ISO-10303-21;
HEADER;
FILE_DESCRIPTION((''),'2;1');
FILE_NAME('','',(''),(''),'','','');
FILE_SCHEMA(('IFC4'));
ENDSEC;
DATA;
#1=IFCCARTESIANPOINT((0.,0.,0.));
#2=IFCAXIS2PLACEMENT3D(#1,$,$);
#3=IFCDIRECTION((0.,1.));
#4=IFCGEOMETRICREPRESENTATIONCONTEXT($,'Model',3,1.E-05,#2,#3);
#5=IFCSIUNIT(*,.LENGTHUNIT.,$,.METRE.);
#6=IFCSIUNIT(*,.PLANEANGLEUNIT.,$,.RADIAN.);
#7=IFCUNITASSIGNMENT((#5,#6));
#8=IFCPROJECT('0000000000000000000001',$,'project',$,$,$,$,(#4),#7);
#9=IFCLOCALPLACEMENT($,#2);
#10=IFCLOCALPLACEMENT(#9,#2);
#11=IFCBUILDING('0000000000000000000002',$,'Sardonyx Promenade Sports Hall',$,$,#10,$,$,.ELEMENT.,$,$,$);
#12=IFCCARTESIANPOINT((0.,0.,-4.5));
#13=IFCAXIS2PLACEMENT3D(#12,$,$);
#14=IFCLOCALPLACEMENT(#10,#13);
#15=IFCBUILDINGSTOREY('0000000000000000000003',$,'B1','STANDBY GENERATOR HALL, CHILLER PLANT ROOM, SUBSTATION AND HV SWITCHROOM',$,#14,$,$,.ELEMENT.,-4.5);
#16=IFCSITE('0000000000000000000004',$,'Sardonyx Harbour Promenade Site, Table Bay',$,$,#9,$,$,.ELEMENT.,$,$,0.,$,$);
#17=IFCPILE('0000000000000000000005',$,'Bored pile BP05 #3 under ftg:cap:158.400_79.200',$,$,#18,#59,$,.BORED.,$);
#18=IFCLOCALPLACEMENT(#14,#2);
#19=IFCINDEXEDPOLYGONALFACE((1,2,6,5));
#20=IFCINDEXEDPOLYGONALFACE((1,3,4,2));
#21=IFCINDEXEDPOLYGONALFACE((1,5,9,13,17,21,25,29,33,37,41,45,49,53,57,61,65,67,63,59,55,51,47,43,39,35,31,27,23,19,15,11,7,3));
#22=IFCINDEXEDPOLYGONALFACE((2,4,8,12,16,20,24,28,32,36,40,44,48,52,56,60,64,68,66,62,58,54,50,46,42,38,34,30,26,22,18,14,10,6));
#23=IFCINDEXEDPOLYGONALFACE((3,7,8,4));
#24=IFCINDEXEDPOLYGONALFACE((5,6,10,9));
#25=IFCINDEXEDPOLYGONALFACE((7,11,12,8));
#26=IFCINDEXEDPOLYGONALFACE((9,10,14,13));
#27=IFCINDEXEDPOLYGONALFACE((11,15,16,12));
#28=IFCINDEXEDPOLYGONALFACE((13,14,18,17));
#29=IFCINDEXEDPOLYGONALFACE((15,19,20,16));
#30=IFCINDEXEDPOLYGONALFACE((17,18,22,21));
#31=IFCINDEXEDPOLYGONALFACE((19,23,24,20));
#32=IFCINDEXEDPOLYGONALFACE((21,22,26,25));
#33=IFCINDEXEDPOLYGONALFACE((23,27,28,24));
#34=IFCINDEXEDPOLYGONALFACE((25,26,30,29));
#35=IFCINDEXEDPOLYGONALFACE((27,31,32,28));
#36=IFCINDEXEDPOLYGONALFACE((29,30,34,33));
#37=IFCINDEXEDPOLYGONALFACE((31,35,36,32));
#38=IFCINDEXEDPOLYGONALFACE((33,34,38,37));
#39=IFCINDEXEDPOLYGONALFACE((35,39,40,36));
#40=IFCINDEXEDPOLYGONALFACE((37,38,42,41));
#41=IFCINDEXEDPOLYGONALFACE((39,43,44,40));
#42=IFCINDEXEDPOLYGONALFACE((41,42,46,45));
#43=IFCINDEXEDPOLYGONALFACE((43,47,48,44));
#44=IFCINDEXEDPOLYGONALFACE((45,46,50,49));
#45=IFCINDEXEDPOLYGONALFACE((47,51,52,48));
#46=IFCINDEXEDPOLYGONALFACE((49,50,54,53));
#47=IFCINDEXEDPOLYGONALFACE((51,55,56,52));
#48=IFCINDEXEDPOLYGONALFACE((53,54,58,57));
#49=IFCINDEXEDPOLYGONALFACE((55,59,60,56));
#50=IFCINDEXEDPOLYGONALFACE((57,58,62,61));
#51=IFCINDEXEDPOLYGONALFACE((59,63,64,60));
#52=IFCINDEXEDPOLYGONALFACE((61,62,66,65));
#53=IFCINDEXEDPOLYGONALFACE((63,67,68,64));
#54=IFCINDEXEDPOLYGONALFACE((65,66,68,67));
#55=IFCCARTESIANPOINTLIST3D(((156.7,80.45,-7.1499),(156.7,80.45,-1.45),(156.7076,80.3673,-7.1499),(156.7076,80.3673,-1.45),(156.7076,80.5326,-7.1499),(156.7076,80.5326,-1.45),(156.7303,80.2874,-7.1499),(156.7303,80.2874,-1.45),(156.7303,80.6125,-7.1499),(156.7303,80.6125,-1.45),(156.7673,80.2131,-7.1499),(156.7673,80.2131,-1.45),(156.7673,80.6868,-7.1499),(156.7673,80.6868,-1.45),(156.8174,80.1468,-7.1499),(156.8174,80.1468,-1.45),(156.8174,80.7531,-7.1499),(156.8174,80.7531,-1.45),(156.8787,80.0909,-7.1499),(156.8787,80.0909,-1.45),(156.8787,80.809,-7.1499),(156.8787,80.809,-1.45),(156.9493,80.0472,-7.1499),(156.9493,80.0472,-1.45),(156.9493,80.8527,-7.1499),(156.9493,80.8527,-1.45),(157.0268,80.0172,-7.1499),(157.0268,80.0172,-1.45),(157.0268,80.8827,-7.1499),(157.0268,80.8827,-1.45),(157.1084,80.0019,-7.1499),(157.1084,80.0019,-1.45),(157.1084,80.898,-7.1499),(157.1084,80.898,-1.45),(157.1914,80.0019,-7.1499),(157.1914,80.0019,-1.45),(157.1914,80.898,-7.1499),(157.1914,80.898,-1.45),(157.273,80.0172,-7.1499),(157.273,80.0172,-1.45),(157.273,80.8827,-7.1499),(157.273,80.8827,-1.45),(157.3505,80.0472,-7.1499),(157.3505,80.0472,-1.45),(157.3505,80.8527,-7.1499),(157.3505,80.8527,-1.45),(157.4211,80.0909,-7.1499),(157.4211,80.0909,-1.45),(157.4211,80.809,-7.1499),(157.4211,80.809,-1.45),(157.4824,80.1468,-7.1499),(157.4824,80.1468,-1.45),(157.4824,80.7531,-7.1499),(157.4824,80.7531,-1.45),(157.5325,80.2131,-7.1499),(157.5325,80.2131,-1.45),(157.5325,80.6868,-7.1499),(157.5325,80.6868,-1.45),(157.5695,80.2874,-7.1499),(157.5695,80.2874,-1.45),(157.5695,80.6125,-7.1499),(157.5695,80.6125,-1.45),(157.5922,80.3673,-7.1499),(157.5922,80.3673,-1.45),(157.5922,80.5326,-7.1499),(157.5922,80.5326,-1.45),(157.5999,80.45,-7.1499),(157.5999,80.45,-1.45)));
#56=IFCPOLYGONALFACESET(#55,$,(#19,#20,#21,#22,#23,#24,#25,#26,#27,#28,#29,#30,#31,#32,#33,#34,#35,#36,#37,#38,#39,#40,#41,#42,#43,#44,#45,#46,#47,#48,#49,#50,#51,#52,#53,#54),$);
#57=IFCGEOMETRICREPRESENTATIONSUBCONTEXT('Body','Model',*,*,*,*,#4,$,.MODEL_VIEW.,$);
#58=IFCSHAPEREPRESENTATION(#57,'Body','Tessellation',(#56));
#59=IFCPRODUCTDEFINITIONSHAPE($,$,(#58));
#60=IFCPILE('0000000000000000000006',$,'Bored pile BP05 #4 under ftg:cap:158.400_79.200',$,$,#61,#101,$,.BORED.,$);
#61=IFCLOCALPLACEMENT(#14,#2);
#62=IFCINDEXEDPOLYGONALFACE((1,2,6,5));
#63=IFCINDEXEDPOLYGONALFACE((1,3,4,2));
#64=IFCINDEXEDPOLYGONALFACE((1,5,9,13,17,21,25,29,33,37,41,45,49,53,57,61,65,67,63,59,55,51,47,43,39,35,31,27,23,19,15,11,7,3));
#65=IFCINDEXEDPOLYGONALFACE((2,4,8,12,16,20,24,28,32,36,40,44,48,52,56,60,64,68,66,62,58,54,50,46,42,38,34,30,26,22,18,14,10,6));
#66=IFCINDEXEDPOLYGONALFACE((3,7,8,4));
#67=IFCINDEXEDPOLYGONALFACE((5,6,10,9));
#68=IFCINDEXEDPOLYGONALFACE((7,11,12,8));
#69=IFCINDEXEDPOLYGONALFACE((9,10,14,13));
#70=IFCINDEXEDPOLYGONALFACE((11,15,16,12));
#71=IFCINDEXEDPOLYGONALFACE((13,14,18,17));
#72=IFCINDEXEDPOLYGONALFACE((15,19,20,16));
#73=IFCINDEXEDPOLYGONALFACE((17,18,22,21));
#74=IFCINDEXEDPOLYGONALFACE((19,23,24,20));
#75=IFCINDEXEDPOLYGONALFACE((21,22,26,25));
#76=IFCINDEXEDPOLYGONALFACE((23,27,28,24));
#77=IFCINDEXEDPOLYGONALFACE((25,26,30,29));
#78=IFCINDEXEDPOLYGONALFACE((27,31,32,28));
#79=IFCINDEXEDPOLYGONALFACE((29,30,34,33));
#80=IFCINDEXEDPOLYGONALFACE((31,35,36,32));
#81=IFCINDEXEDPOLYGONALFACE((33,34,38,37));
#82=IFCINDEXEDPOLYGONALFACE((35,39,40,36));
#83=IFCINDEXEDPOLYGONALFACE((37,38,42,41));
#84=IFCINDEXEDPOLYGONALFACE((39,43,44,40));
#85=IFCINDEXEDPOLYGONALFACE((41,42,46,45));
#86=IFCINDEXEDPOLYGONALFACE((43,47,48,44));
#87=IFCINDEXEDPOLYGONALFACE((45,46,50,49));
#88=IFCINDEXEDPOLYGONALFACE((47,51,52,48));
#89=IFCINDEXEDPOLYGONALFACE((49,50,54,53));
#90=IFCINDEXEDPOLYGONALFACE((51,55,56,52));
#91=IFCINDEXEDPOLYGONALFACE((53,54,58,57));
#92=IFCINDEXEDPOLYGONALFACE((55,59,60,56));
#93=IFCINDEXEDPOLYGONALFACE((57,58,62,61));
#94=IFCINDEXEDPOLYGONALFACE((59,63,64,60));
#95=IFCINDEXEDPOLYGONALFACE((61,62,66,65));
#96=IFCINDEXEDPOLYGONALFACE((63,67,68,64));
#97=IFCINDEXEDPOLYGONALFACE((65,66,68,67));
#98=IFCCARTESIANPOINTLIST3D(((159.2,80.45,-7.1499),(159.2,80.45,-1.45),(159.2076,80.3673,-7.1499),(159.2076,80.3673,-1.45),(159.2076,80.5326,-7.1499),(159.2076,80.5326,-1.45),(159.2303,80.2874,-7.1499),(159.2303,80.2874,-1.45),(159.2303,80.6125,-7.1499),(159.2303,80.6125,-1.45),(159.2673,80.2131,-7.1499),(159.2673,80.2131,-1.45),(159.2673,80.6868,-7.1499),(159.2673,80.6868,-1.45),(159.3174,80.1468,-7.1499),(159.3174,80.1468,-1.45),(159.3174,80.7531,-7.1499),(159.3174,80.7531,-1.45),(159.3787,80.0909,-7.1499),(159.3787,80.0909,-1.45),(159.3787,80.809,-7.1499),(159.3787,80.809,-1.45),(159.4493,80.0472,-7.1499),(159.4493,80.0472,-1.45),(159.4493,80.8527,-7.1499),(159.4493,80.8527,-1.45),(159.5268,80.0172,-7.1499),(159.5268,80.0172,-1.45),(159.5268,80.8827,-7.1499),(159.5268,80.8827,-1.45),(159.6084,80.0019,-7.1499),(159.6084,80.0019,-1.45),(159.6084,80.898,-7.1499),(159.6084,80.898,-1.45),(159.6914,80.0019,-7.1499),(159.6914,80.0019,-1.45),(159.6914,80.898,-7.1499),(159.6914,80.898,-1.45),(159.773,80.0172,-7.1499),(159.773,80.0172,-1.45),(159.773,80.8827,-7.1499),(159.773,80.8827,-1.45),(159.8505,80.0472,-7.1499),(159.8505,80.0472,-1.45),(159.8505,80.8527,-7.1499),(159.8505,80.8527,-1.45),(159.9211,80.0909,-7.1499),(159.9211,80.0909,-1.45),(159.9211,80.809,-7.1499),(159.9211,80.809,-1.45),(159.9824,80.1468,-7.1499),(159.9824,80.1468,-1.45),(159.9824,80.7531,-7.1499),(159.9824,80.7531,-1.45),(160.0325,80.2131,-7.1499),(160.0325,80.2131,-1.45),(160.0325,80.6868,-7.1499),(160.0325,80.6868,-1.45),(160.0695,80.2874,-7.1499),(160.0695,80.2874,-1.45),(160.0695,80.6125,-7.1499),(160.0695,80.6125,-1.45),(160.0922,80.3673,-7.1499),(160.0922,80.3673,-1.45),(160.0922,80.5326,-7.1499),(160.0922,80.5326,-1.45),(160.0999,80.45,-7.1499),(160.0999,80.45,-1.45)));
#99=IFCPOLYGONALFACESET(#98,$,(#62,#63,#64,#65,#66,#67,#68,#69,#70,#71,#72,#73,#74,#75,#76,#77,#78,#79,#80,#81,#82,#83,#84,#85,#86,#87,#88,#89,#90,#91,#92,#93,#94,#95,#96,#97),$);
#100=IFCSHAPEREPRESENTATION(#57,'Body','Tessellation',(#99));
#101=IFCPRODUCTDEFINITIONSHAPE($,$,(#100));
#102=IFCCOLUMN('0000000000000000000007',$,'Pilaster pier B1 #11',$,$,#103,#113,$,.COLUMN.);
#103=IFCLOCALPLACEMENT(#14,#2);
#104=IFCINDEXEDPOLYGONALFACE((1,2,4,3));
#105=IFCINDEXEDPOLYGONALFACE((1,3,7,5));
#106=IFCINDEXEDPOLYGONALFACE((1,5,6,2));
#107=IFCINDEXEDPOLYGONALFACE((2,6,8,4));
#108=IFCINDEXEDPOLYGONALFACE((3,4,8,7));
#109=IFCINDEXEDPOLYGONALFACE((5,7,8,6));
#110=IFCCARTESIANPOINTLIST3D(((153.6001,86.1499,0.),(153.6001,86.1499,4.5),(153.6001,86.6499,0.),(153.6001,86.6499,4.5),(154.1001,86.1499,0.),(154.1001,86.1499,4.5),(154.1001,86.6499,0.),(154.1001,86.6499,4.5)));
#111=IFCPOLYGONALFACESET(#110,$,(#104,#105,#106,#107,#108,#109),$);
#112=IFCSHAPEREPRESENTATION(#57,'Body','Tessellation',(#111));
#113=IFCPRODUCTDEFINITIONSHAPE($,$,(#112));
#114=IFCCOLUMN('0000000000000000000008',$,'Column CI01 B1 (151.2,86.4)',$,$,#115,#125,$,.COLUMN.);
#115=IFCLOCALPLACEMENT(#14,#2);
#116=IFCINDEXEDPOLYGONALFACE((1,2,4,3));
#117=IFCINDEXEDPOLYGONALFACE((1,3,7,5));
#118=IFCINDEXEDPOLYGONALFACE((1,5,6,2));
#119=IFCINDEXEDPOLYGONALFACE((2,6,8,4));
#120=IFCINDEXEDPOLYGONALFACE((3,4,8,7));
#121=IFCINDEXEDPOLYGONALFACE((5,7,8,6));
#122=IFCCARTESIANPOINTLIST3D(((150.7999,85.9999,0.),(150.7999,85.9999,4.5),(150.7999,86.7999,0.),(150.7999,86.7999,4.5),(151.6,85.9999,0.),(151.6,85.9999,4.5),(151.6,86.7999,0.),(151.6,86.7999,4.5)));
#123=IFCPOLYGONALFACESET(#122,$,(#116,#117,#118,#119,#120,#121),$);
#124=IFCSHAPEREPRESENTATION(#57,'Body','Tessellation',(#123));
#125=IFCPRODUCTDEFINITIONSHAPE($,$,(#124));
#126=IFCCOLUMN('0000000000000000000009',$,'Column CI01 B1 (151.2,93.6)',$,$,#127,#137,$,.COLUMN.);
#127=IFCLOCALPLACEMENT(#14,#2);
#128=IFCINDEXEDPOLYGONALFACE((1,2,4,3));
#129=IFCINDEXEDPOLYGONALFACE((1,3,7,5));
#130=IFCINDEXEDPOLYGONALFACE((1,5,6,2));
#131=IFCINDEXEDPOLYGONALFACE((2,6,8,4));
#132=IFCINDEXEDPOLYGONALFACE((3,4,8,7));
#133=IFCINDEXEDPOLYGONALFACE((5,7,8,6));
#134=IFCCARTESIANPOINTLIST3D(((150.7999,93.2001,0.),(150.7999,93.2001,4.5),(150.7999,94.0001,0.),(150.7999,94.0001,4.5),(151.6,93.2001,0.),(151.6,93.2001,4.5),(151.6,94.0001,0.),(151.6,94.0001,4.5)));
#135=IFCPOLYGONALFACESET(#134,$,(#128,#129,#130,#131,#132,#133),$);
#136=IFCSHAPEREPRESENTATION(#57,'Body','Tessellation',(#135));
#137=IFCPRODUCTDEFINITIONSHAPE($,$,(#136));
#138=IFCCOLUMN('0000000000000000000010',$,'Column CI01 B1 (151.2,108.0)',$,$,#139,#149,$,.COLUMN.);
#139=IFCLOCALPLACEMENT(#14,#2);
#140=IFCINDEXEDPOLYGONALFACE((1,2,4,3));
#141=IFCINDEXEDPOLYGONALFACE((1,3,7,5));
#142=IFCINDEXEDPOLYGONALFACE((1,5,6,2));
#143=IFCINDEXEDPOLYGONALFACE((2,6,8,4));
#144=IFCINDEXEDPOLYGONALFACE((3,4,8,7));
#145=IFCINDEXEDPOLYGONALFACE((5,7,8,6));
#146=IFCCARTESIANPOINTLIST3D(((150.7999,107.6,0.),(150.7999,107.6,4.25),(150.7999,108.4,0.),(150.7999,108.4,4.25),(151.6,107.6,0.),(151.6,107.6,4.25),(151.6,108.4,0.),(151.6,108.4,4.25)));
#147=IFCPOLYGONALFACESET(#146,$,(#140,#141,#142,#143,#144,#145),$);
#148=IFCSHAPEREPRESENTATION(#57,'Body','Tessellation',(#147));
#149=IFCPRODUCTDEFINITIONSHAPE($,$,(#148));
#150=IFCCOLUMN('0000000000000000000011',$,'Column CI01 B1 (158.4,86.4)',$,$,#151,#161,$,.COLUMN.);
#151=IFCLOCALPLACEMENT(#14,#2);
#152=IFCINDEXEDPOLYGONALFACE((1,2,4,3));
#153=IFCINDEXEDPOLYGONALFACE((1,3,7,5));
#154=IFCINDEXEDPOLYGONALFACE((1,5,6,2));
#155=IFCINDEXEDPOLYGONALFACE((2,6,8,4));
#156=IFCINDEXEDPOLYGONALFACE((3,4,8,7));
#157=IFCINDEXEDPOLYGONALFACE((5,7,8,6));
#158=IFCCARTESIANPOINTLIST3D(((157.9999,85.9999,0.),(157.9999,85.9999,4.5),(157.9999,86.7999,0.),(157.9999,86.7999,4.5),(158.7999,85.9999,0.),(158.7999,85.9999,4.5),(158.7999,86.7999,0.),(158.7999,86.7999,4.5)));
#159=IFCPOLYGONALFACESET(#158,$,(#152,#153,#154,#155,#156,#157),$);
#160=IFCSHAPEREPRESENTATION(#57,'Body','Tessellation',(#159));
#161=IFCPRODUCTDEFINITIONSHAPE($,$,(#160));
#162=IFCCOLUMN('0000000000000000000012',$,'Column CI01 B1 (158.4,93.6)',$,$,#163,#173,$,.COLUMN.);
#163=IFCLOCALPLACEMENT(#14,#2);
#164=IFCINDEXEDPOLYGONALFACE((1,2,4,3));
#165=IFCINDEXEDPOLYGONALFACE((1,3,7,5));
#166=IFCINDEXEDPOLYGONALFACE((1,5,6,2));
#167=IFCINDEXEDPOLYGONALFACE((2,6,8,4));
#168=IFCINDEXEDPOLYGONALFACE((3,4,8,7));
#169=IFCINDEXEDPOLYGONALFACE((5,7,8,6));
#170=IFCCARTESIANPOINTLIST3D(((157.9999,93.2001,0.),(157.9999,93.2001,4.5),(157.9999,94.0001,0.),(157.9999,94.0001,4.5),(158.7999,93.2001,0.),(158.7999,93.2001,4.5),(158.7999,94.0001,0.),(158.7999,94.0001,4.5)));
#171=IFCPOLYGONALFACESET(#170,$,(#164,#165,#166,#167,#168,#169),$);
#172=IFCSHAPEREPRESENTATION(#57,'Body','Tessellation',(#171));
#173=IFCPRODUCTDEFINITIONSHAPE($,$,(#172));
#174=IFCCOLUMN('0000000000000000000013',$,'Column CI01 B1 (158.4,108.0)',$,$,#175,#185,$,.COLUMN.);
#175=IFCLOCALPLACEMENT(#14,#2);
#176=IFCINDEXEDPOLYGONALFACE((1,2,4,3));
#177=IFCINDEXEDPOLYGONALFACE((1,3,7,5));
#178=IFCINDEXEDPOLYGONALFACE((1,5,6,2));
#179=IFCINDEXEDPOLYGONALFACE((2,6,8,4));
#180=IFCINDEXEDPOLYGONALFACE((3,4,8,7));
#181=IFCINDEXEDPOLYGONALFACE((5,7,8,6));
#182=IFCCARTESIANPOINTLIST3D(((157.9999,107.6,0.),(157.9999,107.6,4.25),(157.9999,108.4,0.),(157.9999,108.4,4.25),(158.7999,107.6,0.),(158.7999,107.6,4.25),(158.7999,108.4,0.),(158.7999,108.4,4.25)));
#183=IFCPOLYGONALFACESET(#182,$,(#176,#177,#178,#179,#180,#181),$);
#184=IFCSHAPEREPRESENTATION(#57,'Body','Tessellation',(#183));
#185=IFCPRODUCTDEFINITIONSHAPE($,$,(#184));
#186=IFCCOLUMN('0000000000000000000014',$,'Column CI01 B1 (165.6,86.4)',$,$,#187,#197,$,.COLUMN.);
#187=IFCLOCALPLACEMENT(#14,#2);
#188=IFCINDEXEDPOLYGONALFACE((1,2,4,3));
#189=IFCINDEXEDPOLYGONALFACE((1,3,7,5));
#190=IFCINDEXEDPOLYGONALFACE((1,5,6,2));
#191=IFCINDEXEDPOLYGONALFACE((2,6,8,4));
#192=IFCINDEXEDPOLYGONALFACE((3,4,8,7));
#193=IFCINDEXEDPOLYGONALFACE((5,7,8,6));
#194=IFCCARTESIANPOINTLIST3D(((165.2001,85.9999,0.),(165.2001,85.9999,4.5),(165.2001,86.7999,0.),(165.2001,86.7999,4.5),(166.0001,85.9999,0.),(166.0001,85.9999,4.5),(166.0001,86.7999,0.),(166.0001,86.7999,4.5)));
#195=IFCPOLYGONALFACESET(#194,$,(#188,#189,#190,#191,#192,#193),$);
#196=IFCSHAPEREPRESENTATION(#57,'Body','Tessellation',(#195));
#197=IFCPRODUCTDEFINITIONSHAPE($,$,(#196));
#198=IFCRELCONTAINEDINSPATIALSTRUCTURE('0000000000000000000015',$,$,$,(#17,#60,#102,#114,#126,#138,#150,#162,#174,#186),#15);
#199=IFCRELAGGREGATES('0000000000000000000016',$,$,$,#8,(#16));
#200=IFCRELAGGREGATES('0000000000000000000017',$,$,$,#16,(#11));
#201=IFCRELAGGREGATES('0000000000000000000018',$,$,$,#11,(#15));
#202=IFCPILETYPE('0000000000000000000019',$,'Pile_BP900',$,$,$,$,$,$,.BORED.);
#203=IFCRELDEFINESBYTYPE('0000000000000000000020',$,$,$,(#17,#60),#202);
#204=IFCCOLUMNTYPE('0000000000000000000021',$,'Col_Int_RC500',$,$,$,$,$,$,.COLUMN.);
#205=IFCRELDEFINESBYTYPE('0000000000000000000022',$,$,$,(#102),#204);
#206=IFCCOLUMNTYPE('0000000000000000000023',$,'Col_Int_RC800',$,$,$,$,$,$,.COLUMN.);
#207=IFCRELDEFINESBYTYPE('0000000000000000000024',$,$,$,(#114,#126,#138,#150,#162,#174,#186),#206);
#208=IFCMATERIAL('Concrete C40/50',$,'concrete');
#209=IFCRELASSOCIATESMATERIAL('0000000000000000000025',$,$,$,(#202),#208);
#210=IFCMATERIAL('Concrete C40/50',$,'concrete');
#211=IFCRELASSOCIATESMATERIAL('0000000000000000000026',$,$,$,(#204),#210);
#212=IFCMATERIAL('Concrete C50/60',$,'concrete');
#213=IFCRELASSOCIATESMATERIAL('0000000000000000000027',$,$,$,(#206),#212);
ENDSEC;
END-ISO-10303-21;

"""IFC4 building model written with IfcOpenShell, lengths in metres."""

from ifc_helpers import new_model, si_unit, direction, frame, origin, origin_2d, place, context, subcontext, project, spatial, rectangle, circle, extrude, material, material_profile, profile_set, type_object, element, save


model = new_model("IFC4")

# Units and contexts
model_context = context("Model", 3, precision=1e-05, world=origin(), true_north=direction((0.0, 1.0)))
body_context = subcontext(model_context, "Body", "Model", "MODEL_VIEW")
ifc_project = project(units=[si_unit("LENGTHUNIT", "METRE"), si_unit("PLANEANGLEUNIT", "RADIAN")], contexts=[model_context])

# Site, building, storey
site_placement = place(None, origin())
site = spatial("IfcSite", under=ifc_project, at=site_placement, Name="Sardonyx Harbour Promenade Site, Table Bay", CompositionType="ELEMENT", RefElevation=0.0)
building_placement = place(site_placement, origin())
building = spatial("IfcBuilding", under=site, at=building_placement, Name="Sardonyx Promenade Sports Hall", CompositionType="ELEMENT")
storey_placement = place(building_placement, frame((0.0, 0.0, -4.5)))
storey = spatial("IfcBuildingStorey", under=building, at=storey_placement, Name="B1", Description="STANDBY GENERATOR HALL, CHILLER PLANT ROOM, SUBSTATION AND HV SWITCHROOM", CompositionType="ELEMENT", Elevation=-4.5)

# Piles
ifc_material_1 = material(Name="Concrete C40/50", Category="concrete")
ifc_material_profile_1 = material_profile(ifc_material_1, circle(Radius=0.45, at=origin_2d()))
ifc_profile_set_1 = profile_set([ifc_material_profile_1], Name="Concrete C40/50")
pile_type_1 = type_object("IfcPileType", Name="Pile_BP900", PredefinedType="BORED", material=ifc_profile_set_1)
for number, where, z_axis, x_axis, name in (
    (1, (157.1499, 80.45, -1.45), (0.0, 0.0, -1.0), (1.0, 0.0, 0.0), "Bored pile BP05 #3 under ftg:cap:158.400_79.200"),
    (2, (159.6499, 80.45, -1.45), (0.0, 0.0, -1.0), (1.0, 0.0, 0.0), "Bored pile BP05 #4 under ftg:cap:158.400_79.200"),
):
    element("IfcPile", number, at=place(storey_placement, frame(where, z_axis=z_axis, x_axis=x_axis)), inside=storey, type_object=pile_type_1, Name=name, PredefinedType="BORED", context=body_context, shape_type="SweptSolid", body=[
        extrude(circle(Radius=0.45, at=origin_2d()), origin(), (0.0, 0.0, 1.0), 5.7),
    ])

# Columns
ifc_material_2 = material(Name="Concrete C40/50", Category="concrete")
ifc_material_profile_2 = material_profile(ifc_material_2, rectangle(XDim=0.5, YDim=0.5, at=origin_2d()))
ifc_profile_set_2 = profile_set([ifc_material_profile_2], Name="Concrete C40/50")
column_type_1 = type_object("IfcColumnType", Name="Col_Int_RC500", PredefinedType="COLUMN", material=ifc_profile_set_2)
column_1_placement = place(storey_placement, frame((153.8501, 86.3999, 0.0), z_axis=(0.0, 0.0, 1.0), x_axis=(1.0, 0.0, 0.0)))
element("IfcColumn", 3, at=column_1_placement, inside=storey, type_object=column_type_1, Name="Pilaster pier B1 #11", PredefinedType="COLUMN", context=body_context, shape_type="SweptSolid", body=[
    extrude(rectangle(XDim=0.5, YDim=0.5, at=origin_2d()), origin(), (0.0, 0.0, 1.0), 4.5),
])
ifc_material_3 = material(Name="Concrete C50/60", Category="concrete")
ifc_material_profile_3 = material_profile(ifc_material_3, rectangle(XDim=0.8, YDim=0.8, at=origin_2d()))
ifc_profile_set_3 = profile_set([ifc_material_profile_3], Name="Concrete C50/60")
column_type_2 = type_object("IfcColumnType", Name="Col_Int_RC800", PredefinedType="COLUMN", material=ifc_profile_set_3)
for number, where, z_axis, x_axis, name in (
    (4, (151.2, 86.3999, 0.0), (0.0, 0.0, 1.0), (1.0, 0.0, 0.0), "Column CI01 B1 (151.2,86.4)"),
    (5, (151.2, 93.6001, 0.0), (0.0, 0.0, 1.0), (1.0, 0.0, 0.0), "Column CI01 B1 (151.2,93.6)"),
):
    element("IfcColumn", number, at=place(storey_placement, frame(where, z_axis=z_axis, x_axis=x_axis)), inside=storey, type_object=column_type_2, Name=name, PredefinedType="COLUMN", context=body_context, shape_type="SweptSolid", body=[
        extrude(rectangle(XDim=0.8, YDim=0.8, at=origin_2d()), origin(), (0.0, 0.0, 1.0), 4.5),
    ])
column_2_placement = place(storey_placement, frame((151.2, 108.0, 0.0), z_axis=(0.0, 0.0, 1.0), x_axis=(1.0, 0.0, 0.0)))
element("IfcColumn", 6, at=column_2_placement, inside=storey, type_object=column_type_2, Name="Column CI01 B1 (151.2,108.0)", PredefinedType="COLUMN", context=body_context, shape_type="SweptSolid", body=[
    extrude(rectangle(XDim=0.8, YDim=0.8, at=origin_2d()), origin(), (0.0, 0.0, 1.0), 4.25),
])
for number, where, z_axis, x_axis, name in (
    (7, (158.3999, 86.3999, 0.0), (0.0, 0.0, 1.0), (1.0, 0.0, 0.0), "Column CI01 B1 (158.4,86.4)"),
    (8, (158.3999, 93.6001, 0.0), (0.0, 0.0, 1.0), (1.0, 0.0, 0.0), "Column CI01 B1 (158.4,93.6)"),
):
    element("IfcColumn", number, at=place(storey_placement, frame(where, z_axis=z_axis, x_axis=x_axis)), inside=storey, type_object=column_type_2, Name=name, PredefinedType="COLUMN", context=body_context, shape_type="SweptSolid", body=[
        extrude(rectangle(XDim=0.8, YDim=0.8, at=origin_2d()), origin(), (0.0, 0.0, 1.0), 4.5),
    ])
column_3_placement = place(storey_placement, frame((158.3999, 108.0, 0.0), z_axis=(0.0, 0.0, 1.0), x_axis=(1.0, 0.0, 0.0)))
element("IfcColumn", 9, at=column_3_placement, inside=storey, type_object=column_type_2, Name="Column CI01 B1 (158.4,108.0)", PredefinedType="COLUMN", context=body_context, shape_type="SweptSolid", body=[
    extrude(rectangle(XDim=0.8, YDim=0.8, at=origin_2d()), origin(), (0.0, 0.0, 1.0), 4.25),
])
column_4_placement = place(storey_placement, frame((165.6001, 86.3999, 0.0), z_axis=(0.0, 0.0, 1.0), x_axis=(1.0, 0.0, 0.0)))
element("IfcColumn", 10, at=column_4_placement, inside=storey, type_object=column_type_2, Name="Column CI01 B1 (165.6,86.4)", PredefinedType="COLUMN", context=body_context, shape_type="SweptSolid", body=[
    extrude(rectangle(XDim=0.8, YDim=0.8, at=origin_2d()), origin(), (0.0, 0.0, 1.0), 4.5),
])

save(model, "model.ifc")
